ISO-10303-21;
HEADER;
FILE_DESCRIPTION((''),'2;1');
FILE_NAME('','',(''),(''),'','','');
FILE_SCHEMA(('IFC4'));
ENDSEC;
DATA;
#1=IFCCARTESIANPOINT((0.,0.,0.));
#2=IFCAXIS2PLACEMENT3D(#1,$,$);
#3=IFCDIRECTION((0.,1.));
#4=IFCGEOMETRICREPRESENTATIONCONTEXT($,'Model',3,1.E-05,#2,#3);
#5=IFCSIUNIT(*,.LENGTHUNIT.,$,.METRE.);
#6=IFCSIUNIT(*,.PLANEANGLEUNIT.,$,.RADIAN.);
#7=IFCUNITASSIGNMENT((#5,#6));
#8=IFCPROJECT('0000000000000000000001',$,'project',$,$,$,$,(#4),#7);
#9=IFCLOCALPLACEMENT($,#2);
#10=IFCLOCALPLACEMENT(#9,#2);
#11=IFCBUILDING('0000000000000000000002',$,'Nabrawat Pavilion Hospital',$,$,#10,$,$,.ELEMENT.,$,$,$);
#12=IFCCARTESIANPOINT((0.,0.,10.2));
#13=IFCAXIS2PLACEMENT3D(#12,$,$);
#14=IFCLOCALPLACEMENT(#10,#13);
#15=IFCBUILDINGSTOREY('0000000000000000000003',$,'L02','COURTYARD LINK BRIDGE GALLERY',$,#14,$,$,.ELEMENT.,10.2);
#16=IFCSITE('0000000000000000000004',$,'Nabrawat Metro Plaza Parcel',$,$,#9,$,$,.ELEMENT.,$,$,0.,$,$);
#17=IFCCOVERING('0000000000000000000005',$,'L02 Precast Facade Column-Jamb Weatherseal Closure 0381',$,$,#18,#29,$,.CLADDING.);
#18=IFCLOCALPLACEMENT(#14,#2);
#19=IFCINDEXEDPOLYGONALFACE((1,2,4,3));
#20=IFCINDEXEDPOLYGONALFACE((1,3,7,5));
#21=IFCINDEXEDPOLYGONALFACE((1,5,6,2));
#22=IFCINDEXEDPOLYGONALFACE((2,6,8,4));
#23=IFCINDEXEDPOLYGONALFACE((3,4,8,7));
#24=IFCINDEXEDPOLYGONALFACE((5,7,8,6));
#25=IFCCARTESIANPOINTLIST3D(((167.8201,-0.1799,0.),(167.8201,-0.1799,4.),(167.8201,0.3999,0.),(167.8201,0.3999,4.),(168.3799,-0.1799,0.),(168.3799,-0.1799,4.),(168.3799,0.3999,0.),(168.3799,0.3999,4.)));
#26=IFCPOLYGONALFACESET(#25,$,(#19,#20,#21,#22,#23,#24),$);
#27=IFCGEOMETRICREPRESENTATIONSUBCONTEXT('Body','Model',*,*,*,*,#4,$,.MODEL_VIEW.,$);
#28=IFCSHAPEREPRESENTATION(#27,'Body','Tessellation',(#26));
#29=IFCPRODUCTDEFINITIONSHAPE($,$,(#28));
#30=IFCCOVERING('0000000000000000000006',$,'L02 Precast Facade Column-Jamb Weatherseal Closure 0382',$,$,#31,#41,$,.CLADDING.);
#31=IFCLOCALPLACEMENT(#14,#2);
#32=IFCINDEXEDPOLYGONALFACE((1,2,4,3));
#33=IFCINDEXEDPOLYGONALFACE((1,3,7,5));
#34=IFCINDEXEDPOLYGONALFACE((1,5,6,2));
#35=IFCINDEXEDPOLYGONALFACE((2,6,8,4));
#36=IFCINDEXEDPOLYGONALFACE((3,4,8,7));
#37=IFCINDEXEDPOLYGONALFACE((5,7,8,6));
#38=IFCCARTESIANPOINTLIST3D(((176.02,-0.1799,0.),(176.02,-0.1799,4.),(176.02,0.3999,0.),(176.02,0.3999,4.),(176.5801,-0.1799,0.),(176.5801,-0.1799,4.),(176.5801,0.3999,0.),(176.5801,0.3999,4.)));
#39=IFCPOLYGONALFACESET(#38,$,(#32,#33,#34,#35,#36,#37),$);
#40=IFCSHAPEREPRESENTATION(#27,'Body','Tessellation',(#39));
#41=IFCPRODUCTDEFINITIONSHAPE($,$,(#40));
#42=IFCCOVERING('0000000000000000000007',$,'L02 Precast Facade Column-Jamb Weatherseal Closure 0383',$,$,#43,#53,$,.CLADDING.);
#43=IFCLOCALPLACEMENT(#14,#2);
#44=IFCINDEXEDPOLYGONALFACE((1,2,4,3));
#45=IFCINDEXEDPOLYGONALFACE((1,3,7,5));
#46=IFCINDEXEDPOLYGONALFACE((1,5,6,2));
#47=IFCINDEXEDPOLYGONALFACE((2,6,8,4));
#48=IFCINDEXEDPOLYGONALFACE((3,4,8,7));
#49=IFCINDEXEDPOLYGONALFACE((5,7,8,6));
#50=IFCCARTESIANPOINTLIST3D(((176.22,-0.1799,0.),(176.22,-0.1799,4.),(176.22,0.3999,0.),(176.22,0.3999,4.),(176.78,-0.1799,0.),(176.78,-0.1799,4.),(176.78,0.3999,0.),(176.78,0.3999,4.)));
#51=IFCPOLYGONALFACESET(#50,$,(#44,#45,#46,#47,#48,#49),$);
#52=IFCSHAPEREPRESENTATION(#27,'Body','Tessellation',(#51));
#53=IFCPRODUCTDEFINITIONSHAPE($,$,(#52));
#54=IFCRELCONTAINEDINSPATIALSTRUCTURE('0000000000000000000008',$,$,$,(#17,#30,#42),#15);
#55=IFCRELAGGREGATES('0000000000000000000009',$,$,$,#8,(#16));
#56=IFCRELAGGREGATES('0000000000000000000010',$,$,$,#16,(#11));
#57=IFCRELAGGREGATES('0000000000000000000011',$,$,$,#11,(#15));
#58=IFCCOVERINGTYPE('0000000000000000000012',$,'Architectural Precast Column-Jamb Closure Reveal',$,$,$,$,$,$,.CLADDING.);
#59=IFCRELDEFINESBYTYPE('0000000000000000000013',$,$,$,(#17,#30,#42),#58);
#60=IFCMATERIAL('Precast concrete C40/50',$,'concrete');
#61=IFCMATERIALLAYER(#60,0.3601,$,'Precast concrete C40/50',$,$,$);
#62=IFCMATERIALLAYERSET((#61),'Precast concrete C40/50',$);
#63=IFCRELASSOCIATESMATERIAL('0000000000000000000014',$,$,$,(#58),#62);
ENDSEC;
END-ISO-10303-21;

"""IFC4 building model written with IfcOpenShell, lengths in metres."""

from ifc_helpers import new_model, si_unit, direction, frame, origin, place, context, subcontext, project, spatial, polyline, outline, extrude, material, layer, layer_set, type_object, element, save


model = new_model("IFC4")

# Units and contexts
model_context = context("Model", 3, precision=1e-05, world=origin(), true_north=direction((0.0, 1.0)))
body_context = subcontext(model_context, "Body", "Model", "MODEL_VIEW")
ifc_project = project(units=[si_unit("LENGTHUNIT", "METRE"), si_unit("PLANEANGLEUNIT", "RADIAN")], contexts=[model_context])

# Site, building, storey
site_placement = place(None, origin())
site = spatial("IfcSite", under=ifc_project, at=site_placement, Name="Nabrawat Metro Plaza Parcel", CompositionType="ELEMENT", RefElevation=0.0)
building_placement = place(site_placement, origin())
building = spatial("IfcBuilding", under=site, at=building_placement, Name="Nabrawat Pavilion Hospital", CompositionType="ELEMENT")
storey_placement = place(building_placement, frame((0.0, 0.0, 10.2)))
storey = spatial("IfcBuildingStorey", under=building, at=storey_placement, Name="L02", Description="COURTYARD LINK BRIDGE GALLERY", CompositionType="ELEMENT", Elevation=10.2)

# Coverings
ifc_material = material(Name="Precast concrete C40/50", Category="concrete")
ifc_layer = layer(ifc_material, 0.3601, Name="Precast concrete C40/50")
ifc_layer_set = layer_set([ifc_layer], Name="Precast concrete C40/50")
covering_type = type_object("IfcCoveringType", Name="Architectural Precast Column-Jamb Closure Reveal", PredefinedType="CLADDING", material=ifc_layer_set)
covering_1_placement = place(storey_placement, origin())
element("IfcCovering", 1, at=covering_1_placement, inside=storey, type_object=covering_type, Name="L02 Precast Facade Column-Jamb Weatherseal Closure 0381", PredefinedType="CLADDING", context=body_context, shape_type="SweptSolid", body=[
    extrude(outline(polyline([(168.3799, -0.1799), (168.3799, 0.3999), (167.8201, 0.3999), (167.8201, -0.1799), (168.3799, -0.1799)])), origin(), (0.0, 0.0, 1.0), 4.0),
])
covering_2_placement = place(storey_placement, origin())
element("IfcCovering", 2, at=covering_2_placement, inside=storey, type_object=covering_type, Name="L02 Precast Facade Column-Jamb Weatherseal Closure 0382", PredefinedType="CLADDING", context=body_context, shape_type="SweptSolid", body=[
    extrude(outline(polyline([(176.5801, -0.1799), (176.5801, 0.3999), (176.02, 0.3999), (176.02, -0.1799), (176.5801, -0.1799)])), origin(), (0.0, 0.0, 1.0), 4.0),
])
covering_3_placement = place(storey_placement, origin())
element("IfcCovering", 3, at=covering_3_placement, inside=storey, type_object=covering_type, Name="L02 Precast Facade Column-Jamb Weatherseal Closure 0383", PredefinedType="CLADDING", context=body_context, shape_type="SweptSolid", body=[
    extrude(outline(polyline([(176.78, -0.1799), (176.78, 0.3999), (176.22, 0.3999), (176.22, -0.1799), (176.78, -0.1799)])), origin(), (0.0, 0.0, 1.0), 4.0),
])

save(model, "model.ifc")
